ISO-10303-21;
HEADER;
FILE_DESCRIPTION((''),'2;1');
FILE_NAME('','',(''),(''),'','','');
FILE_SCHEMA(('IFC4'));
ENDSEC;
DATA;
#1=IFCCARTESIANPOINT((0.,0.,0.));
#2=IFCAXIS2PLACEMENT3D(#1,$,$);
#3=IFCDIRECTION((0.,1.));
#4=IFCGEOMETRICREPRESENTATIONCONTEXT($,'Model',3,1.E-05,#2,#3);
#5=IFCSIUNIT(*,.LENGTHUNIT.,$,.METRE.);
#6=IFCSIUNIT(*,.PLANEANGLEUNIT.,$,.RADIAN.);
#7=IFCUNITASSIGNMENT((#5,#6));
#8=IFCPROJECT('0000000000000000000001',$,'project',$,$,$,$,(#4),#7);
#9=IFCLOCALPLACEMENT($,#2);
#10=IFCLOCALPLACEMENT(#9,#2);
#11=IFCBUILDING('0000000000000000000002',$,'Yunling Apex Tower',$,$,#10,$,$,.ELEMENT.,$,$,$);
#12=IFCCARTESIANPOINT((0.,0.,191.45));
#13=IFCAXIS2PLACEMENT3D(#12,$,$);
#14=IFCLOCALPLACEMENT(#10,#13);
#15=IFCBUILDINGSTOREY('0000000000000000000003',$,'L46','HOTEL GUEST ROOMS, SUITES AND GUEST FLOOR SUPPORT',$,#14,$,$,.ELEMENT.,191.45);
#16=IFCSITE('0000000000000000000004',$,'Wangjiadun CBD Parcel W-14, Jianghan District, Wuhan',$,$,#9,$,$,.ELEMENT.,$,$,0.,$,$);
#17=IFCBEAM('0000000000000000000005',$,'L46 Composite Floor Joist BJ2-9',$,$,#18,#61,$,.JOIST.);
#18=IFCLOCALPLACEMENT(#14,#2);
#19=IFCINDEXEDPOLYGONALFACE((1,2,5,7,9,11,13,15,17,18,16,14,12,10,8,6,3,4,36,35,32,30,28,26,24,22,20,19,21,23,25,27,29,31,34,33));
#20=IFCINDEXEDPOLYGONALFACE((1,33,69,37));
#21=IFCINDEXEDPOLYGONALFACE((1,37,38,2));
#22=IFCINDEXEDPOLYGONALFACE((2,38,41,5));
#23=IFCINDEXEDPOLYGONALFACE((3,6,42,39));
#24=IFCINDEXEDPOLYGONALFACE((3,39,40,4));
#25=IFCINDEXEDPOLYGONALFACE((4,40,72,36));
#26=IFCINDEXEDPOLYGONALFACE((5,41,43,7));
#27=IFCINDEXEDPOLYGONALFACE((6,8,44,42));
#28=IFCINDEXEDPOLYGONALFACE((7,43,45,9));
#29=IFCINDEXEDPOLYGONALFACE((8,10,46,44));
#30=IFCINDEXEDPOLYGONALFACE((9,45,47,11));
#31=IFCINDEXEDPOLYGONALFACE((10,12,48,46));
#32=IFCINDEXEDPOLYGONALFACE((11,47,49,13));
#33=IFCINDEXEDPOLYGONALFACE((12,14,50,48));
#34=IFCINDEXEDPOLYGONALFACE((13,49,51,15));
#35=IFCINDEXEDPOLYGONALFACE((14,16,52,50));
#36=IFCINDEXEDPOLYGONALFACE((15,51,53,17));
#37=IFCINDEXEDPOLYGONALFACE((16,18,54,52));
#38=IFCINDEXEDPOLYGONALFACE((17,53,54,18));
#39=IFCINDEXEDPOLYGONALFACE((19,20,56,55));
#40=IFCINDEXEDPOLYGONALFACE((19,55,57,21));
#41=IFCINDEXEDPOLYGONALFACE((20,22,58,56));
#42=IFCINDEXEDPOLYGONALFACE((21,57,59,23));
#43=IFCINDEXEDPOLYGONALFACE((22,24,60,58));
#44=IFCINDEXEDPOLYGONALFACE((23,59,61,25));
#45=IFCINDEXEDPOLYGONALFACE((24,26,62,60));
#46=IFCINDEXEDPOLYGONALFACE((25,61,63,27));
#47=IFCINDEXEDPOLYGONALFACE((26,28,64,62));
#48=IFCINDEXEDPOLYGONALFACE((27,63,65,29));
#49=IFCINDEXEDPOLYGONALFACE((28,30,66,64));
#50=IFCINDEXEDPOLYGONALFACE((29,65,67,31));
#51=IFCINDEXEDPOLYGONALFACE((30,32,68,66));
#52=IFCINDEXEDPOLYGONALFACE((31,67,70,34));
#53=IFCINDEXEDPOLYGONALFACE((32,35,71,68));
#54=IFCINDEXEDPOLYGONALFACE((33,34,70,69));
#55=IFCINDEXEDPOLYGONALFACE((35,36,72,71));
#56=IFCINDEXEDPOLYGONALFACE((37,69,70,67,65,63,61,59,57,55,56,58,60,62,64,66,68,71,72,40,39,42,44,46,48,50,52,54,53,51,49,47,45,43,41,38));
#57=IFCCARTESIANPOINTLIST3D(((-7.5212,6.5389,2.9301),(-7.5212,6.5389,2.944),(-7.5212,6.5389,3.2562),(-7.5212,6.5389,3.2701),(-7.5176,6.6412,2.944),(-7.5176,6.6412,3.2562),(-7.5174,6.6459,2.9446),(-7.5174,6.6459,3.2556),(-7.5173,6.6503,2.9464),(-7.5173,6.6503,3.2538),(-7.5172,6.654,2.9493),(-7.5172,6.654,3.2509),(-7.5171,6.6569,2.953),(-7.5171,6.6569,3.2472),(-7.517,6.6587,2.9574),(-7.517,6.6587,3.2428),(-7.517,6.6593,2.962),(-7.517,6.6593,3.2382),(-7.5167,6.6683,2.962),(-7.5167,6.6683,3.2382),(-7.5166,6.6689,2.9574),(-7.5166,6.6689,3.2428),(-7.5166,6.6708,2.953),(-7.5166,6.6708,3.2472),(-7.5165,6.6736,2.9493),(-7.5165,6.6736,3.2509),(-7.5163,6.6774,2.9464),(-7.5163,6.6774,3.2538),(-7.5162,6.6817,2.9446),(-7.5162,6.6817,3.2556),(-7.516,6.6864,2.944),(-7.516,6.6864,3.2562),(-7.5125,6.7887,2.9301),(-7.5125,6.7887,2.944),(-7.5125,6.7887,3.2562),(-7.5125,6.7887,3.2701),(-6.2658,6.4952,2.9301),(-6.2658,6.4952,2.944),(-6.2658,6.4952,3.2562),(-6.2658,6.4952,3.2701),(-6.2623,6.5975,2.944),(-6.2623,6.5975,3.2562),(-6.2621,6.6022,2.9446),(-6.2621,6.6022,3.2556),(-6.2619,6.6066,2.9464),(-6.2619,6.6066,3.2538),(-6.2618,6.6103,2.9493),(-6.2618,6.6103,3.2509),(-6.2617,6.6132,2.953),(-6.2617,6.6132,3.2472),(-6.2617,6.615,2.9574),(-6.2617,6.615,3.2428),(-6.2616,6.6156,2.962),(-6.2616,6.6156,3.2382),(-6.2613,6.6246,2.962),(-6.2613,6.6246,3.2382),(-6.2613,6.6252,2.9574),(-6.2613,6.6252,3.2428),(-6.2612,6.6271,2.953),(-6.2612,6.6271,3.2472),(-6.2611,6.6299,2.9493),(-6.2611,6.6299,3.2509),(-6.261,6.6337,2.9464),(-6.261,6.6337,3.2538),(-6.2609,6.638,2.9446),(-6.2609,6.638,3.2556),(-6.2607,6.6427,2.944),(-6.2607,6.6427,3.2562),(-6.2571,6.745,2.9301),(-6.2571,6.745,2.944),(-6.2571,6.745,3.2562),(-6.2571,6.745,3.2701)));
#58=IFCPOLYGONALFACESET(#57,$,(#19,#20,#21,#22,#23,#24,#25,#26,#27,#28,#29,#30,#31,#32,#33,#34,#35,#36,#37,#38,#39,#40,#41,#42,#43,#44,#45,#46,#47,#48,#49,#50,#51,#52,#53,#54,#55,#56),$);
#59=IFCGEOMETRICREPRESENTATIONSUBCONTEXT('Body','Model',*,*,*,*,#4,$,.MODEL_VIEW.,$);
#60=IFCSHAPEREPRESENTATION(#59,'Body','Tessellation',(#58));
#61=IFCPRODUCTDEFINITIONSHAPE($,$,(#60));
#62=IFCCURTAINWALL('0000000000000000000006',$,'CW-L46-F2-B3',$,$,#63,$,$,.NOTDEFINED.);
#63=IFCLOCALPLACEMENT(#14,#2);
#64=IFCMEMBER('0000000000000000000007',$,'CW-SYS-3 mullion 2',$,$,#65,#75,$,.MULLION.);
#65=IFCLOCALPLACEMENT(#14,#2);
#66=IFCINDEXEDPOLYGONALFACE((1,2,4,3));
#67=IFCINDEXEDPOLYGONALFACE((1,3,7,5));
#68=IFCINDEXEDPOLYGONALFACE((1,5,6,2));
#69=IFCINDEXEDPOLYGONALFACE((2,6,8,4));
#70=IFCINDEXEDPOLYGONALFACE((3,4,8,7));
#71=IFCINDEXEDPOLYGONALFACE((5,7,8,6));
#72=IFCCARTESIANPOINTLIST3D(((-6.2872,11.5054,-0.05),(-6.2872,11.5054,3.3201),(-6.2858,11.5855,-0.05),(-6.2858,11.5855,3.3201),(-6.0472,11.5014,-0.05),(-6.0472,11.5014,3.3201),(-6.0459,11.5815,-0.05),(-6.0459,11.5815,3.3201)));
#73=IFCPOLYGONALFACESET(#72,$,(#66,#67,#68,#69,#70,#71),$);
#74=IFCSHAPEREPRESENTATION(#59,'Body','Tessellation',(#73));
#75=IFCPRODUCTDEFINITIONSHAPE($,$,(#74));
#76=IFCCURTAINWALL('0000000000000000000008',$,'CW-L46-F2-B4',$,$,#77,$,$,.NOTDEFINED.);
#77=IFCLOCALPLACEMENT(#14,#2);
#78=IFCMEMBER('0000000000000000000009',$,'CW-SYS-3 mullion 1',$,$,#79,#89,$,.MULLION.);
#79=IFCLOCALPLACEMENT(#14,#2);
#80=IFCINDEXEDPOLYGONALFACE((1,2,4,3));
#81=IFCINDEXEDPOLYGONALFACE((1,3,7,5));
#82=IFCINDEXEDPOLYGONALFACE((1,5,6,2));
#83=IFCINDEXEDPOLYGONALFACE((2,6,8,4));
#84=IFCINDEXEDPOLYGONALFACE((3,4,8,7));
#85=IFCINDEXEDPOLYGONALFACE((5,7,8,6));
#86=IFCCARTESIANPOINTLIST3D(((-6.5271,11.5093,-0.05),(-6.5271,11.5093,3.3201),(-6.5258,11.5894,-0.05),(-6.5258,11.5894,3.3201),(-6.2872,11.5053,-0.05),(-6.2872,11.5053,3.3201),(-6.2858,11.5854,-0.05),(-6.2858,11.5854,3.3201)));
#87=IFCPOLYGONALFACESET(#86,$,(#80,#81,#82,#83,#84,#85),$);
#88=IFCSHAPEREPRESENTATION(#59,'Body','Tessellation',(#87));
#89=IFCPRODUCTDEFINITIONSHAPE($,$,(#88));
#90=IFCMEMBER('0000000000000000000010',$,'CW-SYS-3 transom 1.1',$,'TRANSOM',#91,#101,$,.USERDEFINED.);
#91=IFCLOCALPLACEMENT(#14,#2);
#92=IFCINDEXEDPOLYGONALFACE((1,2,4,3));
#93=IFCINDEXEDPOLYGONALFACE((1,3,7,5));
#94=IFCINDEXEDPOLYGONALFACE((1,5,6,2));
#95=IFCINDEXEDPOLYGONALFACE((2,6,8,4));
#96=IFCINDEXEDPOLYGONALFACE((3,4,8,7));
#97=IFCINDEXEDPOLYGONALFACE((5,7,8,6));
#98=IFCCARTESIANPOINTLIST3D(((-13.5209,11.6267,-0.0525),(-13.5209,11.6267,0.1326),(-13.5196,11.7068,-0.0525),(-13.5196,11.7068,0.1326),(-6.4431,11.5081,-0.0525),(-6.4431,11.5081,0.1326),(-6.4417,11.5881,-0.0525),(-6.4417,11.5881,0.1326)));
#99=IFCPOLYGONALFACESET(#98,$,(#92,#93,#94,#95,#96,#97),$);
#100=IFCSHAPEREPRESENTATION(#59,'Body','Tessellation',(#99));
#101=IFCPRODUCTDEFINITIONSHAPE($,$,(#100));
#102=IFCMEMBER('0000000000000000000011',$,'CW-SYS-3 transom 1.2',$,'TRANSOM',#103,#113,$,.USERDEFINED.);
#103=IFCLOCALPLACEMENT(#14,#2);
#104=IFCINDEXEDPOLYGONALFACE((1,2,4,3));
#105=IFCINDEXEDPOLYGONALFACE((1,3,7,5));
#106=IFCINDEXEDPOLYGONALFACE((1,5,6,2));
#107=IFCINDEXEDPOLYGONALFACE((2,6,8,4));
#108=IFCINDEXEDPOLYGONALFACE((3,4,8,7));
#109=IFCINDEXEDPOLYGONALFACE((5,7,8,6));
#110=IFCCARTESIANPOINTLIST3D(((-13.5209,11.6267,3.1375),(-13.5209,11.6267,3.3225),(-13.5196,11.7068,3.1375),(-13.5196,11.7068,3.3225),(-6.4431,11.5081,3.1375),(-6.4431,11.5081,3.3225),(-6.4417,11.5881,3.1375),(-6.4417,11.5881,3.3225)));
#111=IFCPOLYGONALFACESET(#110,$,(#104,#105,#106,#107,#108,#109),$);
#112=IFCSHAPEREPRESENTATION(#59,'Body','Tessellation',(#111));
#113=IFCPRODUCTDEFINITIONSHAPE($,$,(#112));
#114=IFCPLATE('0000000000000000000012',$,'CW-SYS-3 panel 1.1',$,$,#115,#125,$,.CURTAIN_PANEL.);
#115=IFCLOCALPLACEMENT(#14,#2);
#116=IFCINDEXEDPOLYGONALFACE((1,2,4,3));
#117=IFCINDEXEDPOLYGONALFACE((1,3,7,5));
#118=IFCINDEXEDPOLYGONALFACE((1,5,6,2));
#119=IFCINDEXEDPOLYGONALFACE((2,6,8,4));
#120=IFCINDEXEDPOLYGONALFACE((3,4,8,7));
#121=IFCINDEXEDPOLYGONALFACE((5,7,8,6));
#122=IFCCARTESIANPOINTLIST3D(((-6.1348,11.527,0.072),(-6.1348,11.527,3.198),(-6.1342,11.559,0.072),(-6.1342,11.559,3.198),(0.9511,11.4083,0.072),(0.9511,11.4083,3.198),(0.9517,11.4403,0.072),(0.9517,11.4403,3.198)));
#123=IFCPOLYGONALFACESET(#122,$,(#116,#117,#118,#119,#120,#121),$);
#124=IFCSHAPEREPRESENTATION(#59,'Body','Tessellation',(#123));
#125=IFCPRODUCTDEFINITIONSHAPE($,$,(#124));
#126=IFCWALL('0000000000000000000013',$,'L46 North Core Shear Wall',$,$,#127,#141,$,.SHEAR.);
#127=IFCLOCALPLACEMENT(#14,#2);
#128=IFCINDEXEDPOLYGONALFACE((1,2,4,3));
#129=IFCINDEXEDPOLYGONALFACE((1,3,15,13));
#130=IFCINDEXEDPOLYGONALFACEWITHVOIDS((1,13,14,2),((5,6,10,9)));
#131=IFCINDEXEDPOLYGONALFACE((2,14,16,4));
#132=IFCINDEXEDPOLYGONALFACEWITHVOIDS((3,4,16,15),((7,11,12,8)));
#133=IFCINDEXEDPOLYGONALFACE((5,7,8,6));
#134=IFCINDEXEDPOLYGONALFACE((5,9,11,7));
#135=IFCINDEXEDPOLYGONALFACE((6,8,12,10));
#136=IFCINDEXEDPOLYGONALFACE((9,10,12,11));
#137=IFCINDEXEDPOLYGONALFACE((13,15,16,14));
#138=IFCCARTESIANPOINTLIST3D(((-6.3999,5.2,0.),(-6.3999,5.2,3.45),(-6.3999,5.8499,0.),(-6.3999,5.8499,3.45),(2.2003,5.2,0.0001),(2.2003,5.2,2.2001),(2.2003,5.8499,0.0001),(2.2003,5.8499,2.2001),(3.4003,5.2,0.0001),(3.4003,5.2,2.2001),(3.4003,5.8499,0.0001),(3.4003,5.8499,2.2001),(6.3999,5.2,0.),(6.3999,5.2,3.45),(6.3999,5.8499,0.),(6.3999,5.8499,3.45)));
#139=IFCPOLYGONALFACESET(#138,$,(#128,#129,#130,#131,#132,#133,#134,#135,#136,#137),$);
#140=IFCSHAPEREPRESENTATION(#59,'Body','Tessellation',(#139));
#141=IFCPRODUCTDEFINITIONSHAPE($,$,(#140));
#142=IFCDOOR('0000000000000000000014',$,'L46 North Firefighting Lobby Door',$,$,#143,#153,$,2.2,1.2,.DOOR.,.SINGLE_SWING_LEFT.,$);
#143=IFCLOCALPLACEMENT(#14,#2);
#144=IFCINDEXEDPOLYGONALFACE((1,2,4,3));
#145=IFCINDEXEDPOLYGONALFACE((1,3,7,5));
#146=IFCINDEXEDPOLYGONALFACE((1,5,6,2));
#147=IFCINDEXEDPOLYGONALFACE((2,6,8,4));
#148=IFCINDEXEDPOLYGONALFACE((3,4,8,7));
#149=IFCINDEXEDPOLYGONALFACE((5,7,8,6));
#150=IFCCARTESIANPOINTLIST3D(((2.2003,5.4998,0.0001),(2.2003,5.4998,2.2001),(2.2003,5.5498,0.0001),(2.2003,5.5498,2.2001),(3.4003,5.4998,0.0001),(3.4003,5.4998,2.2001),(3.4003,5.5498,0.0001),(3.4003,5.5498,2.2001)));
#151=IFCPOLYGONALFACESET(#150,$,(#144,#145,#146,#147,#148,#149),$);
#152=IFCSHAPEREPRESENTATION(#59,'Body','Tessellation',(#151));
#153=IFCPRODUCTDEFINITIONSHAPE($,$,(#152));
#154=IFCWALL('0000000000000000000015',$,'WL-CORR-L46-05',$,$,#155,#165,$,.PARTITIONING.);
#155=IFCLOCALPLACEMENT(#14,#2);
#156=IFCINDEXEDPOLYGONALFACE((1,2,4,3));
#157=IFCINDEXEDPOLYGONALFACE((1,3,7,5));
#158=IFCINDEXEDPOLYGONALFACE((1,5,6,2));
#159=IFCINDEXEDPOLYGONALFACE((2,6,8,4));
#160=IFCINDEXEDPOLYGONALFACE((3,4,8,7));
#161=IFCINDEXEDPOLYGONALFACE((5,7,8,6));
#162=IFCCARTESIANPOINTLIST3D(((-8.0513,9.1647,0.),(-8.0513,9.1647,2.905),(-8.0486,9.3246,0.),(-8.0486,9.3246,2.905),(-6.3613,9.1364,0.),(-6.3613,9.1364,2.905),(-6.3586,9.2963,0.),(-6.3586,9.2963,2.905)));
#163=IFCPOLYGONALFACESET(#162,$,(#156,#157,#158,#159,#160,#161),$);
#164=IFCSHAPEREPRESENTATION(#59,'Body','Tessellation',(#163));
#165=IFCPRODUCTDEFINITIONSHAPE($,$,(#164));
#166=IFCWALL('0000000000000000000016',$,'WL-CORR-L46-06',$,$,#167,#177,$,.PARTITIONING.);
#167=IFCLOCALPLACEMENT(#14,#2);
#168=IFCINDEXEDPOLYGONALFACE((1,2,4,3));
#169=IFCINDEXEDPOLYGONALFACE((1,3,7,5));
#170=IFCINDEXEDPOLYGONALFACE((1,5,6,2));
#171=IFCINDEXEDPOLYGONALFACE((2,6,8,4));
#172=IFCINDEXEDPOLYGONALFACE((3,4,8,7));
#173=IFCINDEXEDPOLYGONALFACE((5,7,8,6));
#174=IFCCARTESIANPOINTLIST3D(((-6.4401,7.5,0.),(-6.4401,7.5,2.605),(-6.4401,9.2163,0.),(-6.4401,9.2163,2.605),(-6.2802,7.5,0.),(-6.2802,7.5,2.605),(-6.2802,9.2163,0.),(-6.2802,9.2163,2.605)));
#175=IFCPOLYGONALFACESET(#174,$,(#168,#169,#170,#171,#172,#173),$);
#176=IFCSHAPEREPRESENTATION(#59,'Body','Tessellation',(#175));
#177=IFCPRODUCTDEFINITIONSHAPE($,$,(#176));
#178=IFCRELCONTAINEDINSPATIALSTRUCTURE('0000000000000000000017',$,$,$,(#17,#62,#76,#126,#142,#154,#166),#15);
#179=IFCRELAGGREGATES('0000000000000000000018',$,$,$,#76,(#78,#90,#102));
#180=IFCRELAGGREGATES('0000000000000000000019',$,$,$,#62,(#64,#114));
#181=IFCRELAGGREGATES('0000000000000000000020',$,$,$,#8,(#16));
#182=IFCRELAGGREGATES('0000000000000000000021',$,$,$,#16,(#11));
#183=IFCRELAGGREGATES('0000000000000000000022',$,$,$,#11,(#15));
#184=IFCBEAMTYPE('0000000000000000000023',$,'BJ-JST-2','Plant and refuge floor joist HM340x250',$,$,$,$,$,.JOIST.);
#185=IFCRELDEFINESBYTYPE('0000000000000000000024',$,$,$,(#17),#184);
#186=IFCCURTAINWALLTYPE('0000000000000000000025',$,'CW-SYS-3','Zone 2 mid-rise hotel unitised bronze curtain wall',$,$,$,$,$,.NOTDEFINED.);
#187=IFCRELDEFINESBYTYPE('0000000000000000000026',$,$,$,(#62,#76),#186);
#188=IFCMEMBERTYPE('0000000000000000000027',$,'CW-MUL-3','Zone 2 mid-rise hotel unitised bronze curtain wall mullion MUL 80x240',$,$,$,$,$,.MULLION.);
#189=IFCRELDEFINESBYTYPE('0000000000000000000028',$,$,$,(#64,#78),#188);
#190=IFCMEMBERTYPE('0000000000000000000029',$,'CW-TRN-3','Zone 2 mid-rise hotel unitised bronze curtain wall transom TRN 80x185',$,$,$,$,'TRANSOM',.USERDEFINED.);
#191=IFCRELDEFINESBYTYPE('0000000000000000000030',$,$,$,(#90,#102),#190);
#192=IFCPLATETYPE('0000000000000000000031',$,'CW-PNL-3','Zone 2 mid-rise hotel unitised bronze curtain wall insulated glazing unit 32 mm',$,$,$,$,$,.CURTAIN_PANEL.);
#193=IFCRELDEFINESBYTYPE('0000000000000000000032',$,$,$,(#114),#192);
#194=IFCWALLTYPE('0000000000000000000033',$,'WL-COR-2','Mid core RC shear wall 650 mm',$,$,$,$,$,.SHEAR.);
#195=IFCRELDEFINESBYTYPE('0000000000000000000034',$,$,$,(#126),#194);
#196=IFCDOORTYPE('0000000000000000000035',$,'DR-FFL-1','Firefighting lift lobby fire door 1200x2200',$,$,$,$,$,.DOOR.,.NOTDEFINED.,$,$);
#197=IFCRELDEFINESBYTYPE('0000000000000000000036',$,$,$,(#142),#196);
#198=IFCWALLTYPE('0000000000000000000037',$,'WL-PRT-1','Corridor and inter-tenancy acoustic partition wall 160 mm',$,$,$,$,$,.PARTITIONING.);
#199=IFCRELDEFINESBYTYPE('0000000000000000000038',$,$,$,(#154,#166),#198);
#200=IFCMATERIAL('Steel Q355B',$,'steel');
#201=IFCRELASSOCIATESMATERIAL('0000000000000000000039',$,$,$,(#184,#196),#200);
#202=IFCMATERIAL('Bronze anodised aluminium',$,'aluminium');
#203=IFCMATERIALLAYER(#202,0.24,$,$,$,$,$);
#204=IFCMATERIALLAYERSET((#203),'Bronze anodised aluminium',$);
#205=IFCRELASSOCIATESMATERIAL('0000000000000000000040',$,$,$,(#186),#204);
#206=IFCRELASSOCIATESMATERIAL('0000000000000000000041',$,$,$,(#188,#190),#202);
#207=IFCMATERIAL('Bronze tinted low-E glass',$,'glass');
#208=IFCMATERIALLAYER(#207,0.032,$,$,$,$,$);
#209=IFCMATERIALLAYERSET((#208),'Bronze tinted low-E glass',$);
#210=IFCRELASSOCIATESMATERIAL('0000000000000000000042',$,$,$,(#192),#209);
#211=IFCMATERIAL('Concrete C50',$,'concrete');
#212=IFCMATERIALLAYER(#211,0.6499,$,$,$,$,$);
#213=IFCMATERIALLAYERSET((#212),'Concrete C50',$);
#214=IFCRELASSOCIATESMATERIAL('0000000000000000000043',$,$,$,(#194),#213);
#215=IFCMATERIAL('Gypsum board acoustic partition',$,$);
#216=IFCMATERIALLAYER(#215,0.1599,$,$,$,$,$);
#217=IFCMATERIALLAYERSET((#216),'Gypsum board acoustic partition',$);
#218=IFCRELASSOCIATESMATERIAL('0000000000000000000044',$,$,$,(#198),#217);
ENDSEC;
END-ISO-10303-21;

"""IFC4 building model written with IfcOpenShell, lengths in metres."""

from ifc_helpers import new_model, si_unit, direction, frame, frame_2d, origin, origin_2d, place, context, subcontext, project, spatial, rectangle, i_section, extrude, source, transform, mapped, material, layer, layer_set, material_profile, profile_set, type_object, element, fill, aggregate, save


model = new_model("IFC4")

# Units and contexts
model_context = context("Model", 3, precision=1e-05, world=origin(), true_north=direction((0.0, 1.0)))
body_context = subcontext(model_context, "Body", "Model", "MODEL_VIEW")
ifc_project = project(units=[si_unit("LENGTHUNIT", "METRE"), si_unit("PLANEANGLEUNIT", "RADIAN")], contexts=[model_context])

# Site, building, storey
site_placement = place(None, origin())
site = spatial("IfcSite", under=ifc_project, at=site_placement, Name="Wangjiadun CBD Parcel W-14, Jianghan District, Wuhan", CompositionType="ELEMENT", RefElevation=0.0)
building_placement = place(site_placement, origin())
building = spatial("IfcBuilding", under=site, at=building_placement, Name="Yunling Apex Tower", CompositionType="ELEMENT")
storey_placement = place(building_placement, frame((0.0, 0.0, 191.45)))
storey = spatial("IfcBuildingStorey", under=building, at=storey_placement, Name="L46", Description="HOTEL GUEST ROOMS, SUITES AND GUEST FLOOR SUPPORT", CompositionType="ELEMENT", Elevation=191.45)

# Beam
ifc_material_1 = material(Name="Steel Q355B", Category="steel")
ifc_material_profile_1 = material_profile(ifc_material_1, i_section(OverallWidth=0.25, OverallDepth=0.3401, WebThickness=0.009, FlangeThickness=0.0139, FilletRadius=0.0181, at=origin_2d()))
ifc_profile_set_1 = profile_set([ifc_material_profile_1], Name="Steel Q355B")
beam_type_1 = type_object("IfcBeamType", Name="BJ-JST-2", Description="Plant and refuge floor joist HM340x250", PredefinedType="JOIST", material=ifc_profile_set_1)
shared_shape_1 = source(origin(), body_context, "Body", "SweptSolid", [
    extrude(i_section(OverallWidth=0.25, OverallDepth=0.3401, WebThickness=0.009, FlangeThickness=0.0139, FilletRadius=0.0181, at=origin_2d()), origin(), (0.0, 0.0, 1.0), 1.2561),
])
beam_1_placement = place(storey_placement, frame((-6.2615, 6.6201, 3.1001), z_axis=(-0.999395, 0.03479, 0.0), x_axis=(-0.03479, -0.999395, 0.0)))
element("IfcBeam", 1, at=beam_1_placement, inside=storey, type_object=beam_type_1, Name="L46 Composite Floor Joist BJ2-9", PredefinedType="JOIST", context=body_context, shape_type="MappedRepresentation", body=[
    mapped(shared_shape_1, transform((0.0, 0.0, 0.0), scale=1.0)),
])

# Curtain wall, member
ifc_material_2 = material(Name="Bronze anodised aluminium", Category="aluminium")
ifc_layer_1 = layer(ifc_material_2, 0.24)
ifc_layer_set_1 = layer_set([ifc_layer_1], Name="Bronze anodised aluminium")
curtain_wall_type = type_object("IfcCurtainWallType", Name="CW-SYS-3", Description="Zone 2 mid-rise hotel unitised bronze curtain wall", PredefinedType="NOTDEFINED", material=ifc_layer_set_1)
curtain_wall_1_placement = place(storey_placement, origin())
curtain_wall_1 = element("IfcCurtainWall", 2, at=curtain_wall_1_placement, inside=storey, type_object=curtain_wall_type, Name="CW-L46-F2-B3", PredefinedType="NOTDEFINED")
ifc_material_profile_2 = material_profile(ifc_material_2, rectangle(XDim=0.0801, YDim=0.24, at=origin_2d()))
ifc_profile_set_2 = profile_set([ifc_material_profile_2], Name="Bronze anodised aluminium")
member_type_1 = type_object("IfcMemberType", Name="CW-MUL-3", Description="Zone 2 mid-rise hotel unitised bronze curtain wall mullion MUL 80x240", PredefinedType="MULLION", material=ifc_profile_set_2)
shared_shape_2 = source(origin(), body_context, "Body", "SweptSolid", [
    extrude(rectangle(XDim=0.0801, YDim=0.24, at=origin_2d()), origin(), (0.0, 0.0, 1.0), 3.3701),
])
member_1_placement = place(storey_placement, frame((-6.1665, 11.5435, -0.05), z_axis=(0.0, 0.0, 1.0), x_axis=(-0.016747, -0.99986, 0.0)))
member_1 = element("IfcMember", 3, at=member_1_placement, type_object=member_type_1, Name="CW-SYS-3 mullion 2", PredefinedType="MULLION", context=body_context, shape_type="MappedRepresentation", body=[
    mapped(shared_shape_2, transform((0.0, 0.0, 0.0), scale=1.0)),
])

# Curtain wall, members
curtain_wall_2_placement = place(storey_placement, origin())
curtain_wall_2 = element("IfcCurtainWall", 4, at=curtain_wall_2_placement, inside=storey, type_object=curtain_wall_type, Name="CW-L46-F2-B4", PredefinedType="NOTDEFINED")
member_2_placement = place(storey_placement, frame((-6.4065, 11.5474, -0.05), z_axis=(0.0, 0.0, 1.0), x_axis=(-0.016761, -0.99986, 0.0)))
member_2 = element("IfcMember", 5, at=member_2_placement, type_object=member_type_1, Name="CW-SYS-3 mullion 1", PredefinedType="MULLION", context=body_context, shape_type="MappedRepresentation", body=[
    mapped(shared_shape_2, transform((0.0, 0.0, 0.0), scale=1.0)),
])
ifc_material_profile_3 = material_profile(ifc_material_2, rectangle(XDim=0.0801, YDim=0.1851, at=origin_2d()))
ifc_profile_set_3 = profile_set([ifc_material_profile_3], Name="Bronze anodised aluminium")
member_type_2 = type_object("IfcMemberType", Name="CW-TRN-3", Description="Zone 2 mid-rise hotel unitised bronze curtain wall transom TRN 80x185", ElementType="TRANSOM", PredefinedType="USERDEFINED", material=ifc_profile_set_3)
shared_shape_3 = source(origin(), body_context, "Body", "SweptSolid", [
    extrude(rectangle(XDim=0.0801, YDim=0.1851, at=origin_2d()), origin(), (0.0, 0.0, 1.0), 7.0789),
])
member_3_placement = place(storey_placement, frame((-6.4424, 11.5481, 0.04), z_axis=(-0.99986, 0.016761, 0.0), x_axis=(-0.016761, -0.99986, 0.0)))
member_3 = element("IfcMember", 6, at=member_3_placement, type_object=member_type_2, Name="CW-SYS-3 transom 1.1", ObjectType="TRANSOM", PredefinedType="USERDEFINED", context=body_context, shape_type="MappedRepresentation", body=[
    mapped(shared_shape_3, transform((0.0, 0.0, 0.0), scale=1.0)),
])
member_4_placement = place(storey_placement, frame((-6.4424, 11.5481, 3.23), z_axis=(-0.99986, 0.016761, 0.0), x_axis=(-0.016761, -0.99986, 0.0)))
member_4 = element("IfcMember", 7, at=member_4_placement, type_object=member_type_2, Name="CW-SYS-3 transom 1.2", ObjectType="TRANSOM", PredefinedType="USERDEFINED", context=body_context, shape_type="MappedRepresentation", body=[
    mapped(shared_shape_3, transform((0.0, 0.0, 0.0), scale=1.0)),
])
aggregate(curtain_wall_2, [member_2, member_3, member_4])

# Plate
ifc_material_3 = material(Name="Bronze tinted low-E glass", Category="glass")
ifc_layer_2 = layer(ifc_material_3, 0.032)
ifc_layer_set_2 = layer_set([ifc_layer_2], Name="Bronze tinted low-E glass")
plate_type = type_object("IfcPlateType", Name="CW-PNL-3", Description="Zone 2 mid-rise hotel unitised bronze curtain wall insulated glazing unit 32 mm", PredefinedType="CURTAIN_PANEL", material=ifc_layer_set_2)
shared_shape_4 = source(origin(), body_context, "Body", "SweptSolid", [
    extrude(rectangle(XDim=7.0869, YDim=0.032, at=origin_2d()), origin(), (0.0, 0.0, 1.0), 3.126),
])
plate_placement = place(storey_placement, frame((-2.5916, 11.4836, 0.072), z_axis=(0.0, 0.0, 1.0), x_axis=(-0.99986, 0.016747, 0.0)))
plate = element("IfcPlate", 8, at=plate_placement, type_object=plate_type, Name="CW-SYS-3 panel 1.1", PredefinedType="CURTAIN_PANEL", context=body_context, shape_type="MappedRepresentation", body=[
    mapped(shared_shape_4, transform((0.0, 0.0, 0.0), scale=1.0)),
])
aggregate(curtain_wall_1, [member_1, plate])

# Wall, opening, door
ifc_material_4 = material(Name="Concrete C50", Category="concrete")
ifc_layer_3 = layer(ifc_material_4, 0.6499)
ifc_layer_set_3 = layer_set([ifc_layer_3], Name="Concrete C50")
wall_type_1 = type_object("IfcWallType", Name="WL-COR-2", Description="Mid core RC shear wall 650 mm", PredefinedType="SHEAR", material=ifc_layer_set_3)
wall_1_placement = place(storey_placement, frame((-6.3999, 5.5249, 0.0), z_axis=(0.0, 0.0, 1.0), x_axis=(1.0, 0.0, 0.0)))
wall_1 = element("IfcWall", 9, at=wall_1_placement, inside=storey, type_object=wall_type_1, Name="L46 North Core Shear Wall", PredefinedType="SHEAR", context=body_context, shape_type="SweptSolid", body=[
    extrude(rectangle(XDim=12.7998, YDim=0.6499, at=frame_2d((6.3999, 0.0))), origin(), (0.0, 0.0, 1.0), 3.45),
])
opening_1_placement = place(wall_1_placement, frame((8.6001, 0.0, 0.0)))
opening_1 = element("IfcOpeningElement", 10, at=opening_1_placement, cuts=wall_1, PredefinedType="OPENING", context=body_context, shape_type="SweptSolid", body=[
    extrude(rectangle(XDim=1.2, YDim=2.2, at=frame_2d((0.6001, 1.1001))), frame((0.0, 0.335, 0.0), z_axis=(0.0, -1.0, 0.0), x_axis=(1.0, 0.0, 0.0)), (0.0, 0.0, 1.0), 0.6699),
])
door_type_1 = type_object("IfcDoorType", Name="DR-FFL-1", Description="Firefighting lift lobby fire door 1200x2200", OperationType="NOTDEFINED", PredefinedType="DOOR", material=ifc_material_1)
door_1_placement = place(opening_1_placement, origin())
door_1 = element("IfcDoor", 11, at=door_1_placement, inside=storey, type_object=door_type_1, Name="L46 North Firefighting Lobby Door", OperationType="SINGLE_SWING_LEFT", OverallHeight=2.2, OverallWidth=1.2, PredefinedType="DOOR", context=body_context, shape_type="SweptSolid", body=[
    extrude(rectangle(XDim=1.2, YDim=2.2, at=frame_2d((0.6001, 1.1001))), frame((0.0, 0.0249, 0.0), z_axis=(0.0, -1.0, 0.0), x_axis=(1.0, 0.0, 0.0)), (0.0, 0.0, 1.0), 0.05),
])
fill(opening_1, door_1)

# Walls
ifc_material_5 = material(Name="Gypsum board acoustic partition")
ifc_layer_4 = layer(ifc_material_5, 0.1599)
ifc_layer_set_4 = layer_set([ifc_layer_4], Name="Gypsum board acoustic partition")
wall_type_2 = type_object("IfcWallType", Name="WL-PRT-1", Description="Corridor and inter-tenancy acoustic partition wall 160 mm", PredefinedType="PARTITIONING", material=ifc_layer_set_4)
wall_2_placement = place(storey_placement, frame((-8.05, 9.2446, 0.0), z_axis=(0.0, 0.0, 1.0), x_axis=(0.99986, -0.016756, 0.0)))
element("IfcWall", 12, at=wall_2_placement, inside=storey, type_object=wall_type_2, Name="WL-CORR-L46-05", PredefinedType="PARTITIONING", context=body_context, shape_type="SweptSolid", body=[
    extrude(rectangle(XDim=1.6902, YDim=0.1599, at=frame_2d((0.8452, 0.0))), origin(), (0.0, 0.0, 1.0), 2.905),
])
wall_3_placement = place(storey_placement, frame((-6.3601, 9.2163, 0.0), z_axis=(0.0, 0.0, 1.0), x_axis=(0.0, -1.0, 0.0)))
element("IfcWall", 13, at=wall_3_placement, inside=storey, type_object=wall_type_2, Name="WL-CORR-L46-06", PredefinedType="PARTITIONING", context=body_context, shape_type="SweptSolid", body=[
    extrude(rectangle(XDim=1.7163, YDim=0.1599, at=frame_2d((0.8582, 0.0))), origin(), (0.0, 0.0, 1.0), 2.605),
])

save(model, "model.ifc")
